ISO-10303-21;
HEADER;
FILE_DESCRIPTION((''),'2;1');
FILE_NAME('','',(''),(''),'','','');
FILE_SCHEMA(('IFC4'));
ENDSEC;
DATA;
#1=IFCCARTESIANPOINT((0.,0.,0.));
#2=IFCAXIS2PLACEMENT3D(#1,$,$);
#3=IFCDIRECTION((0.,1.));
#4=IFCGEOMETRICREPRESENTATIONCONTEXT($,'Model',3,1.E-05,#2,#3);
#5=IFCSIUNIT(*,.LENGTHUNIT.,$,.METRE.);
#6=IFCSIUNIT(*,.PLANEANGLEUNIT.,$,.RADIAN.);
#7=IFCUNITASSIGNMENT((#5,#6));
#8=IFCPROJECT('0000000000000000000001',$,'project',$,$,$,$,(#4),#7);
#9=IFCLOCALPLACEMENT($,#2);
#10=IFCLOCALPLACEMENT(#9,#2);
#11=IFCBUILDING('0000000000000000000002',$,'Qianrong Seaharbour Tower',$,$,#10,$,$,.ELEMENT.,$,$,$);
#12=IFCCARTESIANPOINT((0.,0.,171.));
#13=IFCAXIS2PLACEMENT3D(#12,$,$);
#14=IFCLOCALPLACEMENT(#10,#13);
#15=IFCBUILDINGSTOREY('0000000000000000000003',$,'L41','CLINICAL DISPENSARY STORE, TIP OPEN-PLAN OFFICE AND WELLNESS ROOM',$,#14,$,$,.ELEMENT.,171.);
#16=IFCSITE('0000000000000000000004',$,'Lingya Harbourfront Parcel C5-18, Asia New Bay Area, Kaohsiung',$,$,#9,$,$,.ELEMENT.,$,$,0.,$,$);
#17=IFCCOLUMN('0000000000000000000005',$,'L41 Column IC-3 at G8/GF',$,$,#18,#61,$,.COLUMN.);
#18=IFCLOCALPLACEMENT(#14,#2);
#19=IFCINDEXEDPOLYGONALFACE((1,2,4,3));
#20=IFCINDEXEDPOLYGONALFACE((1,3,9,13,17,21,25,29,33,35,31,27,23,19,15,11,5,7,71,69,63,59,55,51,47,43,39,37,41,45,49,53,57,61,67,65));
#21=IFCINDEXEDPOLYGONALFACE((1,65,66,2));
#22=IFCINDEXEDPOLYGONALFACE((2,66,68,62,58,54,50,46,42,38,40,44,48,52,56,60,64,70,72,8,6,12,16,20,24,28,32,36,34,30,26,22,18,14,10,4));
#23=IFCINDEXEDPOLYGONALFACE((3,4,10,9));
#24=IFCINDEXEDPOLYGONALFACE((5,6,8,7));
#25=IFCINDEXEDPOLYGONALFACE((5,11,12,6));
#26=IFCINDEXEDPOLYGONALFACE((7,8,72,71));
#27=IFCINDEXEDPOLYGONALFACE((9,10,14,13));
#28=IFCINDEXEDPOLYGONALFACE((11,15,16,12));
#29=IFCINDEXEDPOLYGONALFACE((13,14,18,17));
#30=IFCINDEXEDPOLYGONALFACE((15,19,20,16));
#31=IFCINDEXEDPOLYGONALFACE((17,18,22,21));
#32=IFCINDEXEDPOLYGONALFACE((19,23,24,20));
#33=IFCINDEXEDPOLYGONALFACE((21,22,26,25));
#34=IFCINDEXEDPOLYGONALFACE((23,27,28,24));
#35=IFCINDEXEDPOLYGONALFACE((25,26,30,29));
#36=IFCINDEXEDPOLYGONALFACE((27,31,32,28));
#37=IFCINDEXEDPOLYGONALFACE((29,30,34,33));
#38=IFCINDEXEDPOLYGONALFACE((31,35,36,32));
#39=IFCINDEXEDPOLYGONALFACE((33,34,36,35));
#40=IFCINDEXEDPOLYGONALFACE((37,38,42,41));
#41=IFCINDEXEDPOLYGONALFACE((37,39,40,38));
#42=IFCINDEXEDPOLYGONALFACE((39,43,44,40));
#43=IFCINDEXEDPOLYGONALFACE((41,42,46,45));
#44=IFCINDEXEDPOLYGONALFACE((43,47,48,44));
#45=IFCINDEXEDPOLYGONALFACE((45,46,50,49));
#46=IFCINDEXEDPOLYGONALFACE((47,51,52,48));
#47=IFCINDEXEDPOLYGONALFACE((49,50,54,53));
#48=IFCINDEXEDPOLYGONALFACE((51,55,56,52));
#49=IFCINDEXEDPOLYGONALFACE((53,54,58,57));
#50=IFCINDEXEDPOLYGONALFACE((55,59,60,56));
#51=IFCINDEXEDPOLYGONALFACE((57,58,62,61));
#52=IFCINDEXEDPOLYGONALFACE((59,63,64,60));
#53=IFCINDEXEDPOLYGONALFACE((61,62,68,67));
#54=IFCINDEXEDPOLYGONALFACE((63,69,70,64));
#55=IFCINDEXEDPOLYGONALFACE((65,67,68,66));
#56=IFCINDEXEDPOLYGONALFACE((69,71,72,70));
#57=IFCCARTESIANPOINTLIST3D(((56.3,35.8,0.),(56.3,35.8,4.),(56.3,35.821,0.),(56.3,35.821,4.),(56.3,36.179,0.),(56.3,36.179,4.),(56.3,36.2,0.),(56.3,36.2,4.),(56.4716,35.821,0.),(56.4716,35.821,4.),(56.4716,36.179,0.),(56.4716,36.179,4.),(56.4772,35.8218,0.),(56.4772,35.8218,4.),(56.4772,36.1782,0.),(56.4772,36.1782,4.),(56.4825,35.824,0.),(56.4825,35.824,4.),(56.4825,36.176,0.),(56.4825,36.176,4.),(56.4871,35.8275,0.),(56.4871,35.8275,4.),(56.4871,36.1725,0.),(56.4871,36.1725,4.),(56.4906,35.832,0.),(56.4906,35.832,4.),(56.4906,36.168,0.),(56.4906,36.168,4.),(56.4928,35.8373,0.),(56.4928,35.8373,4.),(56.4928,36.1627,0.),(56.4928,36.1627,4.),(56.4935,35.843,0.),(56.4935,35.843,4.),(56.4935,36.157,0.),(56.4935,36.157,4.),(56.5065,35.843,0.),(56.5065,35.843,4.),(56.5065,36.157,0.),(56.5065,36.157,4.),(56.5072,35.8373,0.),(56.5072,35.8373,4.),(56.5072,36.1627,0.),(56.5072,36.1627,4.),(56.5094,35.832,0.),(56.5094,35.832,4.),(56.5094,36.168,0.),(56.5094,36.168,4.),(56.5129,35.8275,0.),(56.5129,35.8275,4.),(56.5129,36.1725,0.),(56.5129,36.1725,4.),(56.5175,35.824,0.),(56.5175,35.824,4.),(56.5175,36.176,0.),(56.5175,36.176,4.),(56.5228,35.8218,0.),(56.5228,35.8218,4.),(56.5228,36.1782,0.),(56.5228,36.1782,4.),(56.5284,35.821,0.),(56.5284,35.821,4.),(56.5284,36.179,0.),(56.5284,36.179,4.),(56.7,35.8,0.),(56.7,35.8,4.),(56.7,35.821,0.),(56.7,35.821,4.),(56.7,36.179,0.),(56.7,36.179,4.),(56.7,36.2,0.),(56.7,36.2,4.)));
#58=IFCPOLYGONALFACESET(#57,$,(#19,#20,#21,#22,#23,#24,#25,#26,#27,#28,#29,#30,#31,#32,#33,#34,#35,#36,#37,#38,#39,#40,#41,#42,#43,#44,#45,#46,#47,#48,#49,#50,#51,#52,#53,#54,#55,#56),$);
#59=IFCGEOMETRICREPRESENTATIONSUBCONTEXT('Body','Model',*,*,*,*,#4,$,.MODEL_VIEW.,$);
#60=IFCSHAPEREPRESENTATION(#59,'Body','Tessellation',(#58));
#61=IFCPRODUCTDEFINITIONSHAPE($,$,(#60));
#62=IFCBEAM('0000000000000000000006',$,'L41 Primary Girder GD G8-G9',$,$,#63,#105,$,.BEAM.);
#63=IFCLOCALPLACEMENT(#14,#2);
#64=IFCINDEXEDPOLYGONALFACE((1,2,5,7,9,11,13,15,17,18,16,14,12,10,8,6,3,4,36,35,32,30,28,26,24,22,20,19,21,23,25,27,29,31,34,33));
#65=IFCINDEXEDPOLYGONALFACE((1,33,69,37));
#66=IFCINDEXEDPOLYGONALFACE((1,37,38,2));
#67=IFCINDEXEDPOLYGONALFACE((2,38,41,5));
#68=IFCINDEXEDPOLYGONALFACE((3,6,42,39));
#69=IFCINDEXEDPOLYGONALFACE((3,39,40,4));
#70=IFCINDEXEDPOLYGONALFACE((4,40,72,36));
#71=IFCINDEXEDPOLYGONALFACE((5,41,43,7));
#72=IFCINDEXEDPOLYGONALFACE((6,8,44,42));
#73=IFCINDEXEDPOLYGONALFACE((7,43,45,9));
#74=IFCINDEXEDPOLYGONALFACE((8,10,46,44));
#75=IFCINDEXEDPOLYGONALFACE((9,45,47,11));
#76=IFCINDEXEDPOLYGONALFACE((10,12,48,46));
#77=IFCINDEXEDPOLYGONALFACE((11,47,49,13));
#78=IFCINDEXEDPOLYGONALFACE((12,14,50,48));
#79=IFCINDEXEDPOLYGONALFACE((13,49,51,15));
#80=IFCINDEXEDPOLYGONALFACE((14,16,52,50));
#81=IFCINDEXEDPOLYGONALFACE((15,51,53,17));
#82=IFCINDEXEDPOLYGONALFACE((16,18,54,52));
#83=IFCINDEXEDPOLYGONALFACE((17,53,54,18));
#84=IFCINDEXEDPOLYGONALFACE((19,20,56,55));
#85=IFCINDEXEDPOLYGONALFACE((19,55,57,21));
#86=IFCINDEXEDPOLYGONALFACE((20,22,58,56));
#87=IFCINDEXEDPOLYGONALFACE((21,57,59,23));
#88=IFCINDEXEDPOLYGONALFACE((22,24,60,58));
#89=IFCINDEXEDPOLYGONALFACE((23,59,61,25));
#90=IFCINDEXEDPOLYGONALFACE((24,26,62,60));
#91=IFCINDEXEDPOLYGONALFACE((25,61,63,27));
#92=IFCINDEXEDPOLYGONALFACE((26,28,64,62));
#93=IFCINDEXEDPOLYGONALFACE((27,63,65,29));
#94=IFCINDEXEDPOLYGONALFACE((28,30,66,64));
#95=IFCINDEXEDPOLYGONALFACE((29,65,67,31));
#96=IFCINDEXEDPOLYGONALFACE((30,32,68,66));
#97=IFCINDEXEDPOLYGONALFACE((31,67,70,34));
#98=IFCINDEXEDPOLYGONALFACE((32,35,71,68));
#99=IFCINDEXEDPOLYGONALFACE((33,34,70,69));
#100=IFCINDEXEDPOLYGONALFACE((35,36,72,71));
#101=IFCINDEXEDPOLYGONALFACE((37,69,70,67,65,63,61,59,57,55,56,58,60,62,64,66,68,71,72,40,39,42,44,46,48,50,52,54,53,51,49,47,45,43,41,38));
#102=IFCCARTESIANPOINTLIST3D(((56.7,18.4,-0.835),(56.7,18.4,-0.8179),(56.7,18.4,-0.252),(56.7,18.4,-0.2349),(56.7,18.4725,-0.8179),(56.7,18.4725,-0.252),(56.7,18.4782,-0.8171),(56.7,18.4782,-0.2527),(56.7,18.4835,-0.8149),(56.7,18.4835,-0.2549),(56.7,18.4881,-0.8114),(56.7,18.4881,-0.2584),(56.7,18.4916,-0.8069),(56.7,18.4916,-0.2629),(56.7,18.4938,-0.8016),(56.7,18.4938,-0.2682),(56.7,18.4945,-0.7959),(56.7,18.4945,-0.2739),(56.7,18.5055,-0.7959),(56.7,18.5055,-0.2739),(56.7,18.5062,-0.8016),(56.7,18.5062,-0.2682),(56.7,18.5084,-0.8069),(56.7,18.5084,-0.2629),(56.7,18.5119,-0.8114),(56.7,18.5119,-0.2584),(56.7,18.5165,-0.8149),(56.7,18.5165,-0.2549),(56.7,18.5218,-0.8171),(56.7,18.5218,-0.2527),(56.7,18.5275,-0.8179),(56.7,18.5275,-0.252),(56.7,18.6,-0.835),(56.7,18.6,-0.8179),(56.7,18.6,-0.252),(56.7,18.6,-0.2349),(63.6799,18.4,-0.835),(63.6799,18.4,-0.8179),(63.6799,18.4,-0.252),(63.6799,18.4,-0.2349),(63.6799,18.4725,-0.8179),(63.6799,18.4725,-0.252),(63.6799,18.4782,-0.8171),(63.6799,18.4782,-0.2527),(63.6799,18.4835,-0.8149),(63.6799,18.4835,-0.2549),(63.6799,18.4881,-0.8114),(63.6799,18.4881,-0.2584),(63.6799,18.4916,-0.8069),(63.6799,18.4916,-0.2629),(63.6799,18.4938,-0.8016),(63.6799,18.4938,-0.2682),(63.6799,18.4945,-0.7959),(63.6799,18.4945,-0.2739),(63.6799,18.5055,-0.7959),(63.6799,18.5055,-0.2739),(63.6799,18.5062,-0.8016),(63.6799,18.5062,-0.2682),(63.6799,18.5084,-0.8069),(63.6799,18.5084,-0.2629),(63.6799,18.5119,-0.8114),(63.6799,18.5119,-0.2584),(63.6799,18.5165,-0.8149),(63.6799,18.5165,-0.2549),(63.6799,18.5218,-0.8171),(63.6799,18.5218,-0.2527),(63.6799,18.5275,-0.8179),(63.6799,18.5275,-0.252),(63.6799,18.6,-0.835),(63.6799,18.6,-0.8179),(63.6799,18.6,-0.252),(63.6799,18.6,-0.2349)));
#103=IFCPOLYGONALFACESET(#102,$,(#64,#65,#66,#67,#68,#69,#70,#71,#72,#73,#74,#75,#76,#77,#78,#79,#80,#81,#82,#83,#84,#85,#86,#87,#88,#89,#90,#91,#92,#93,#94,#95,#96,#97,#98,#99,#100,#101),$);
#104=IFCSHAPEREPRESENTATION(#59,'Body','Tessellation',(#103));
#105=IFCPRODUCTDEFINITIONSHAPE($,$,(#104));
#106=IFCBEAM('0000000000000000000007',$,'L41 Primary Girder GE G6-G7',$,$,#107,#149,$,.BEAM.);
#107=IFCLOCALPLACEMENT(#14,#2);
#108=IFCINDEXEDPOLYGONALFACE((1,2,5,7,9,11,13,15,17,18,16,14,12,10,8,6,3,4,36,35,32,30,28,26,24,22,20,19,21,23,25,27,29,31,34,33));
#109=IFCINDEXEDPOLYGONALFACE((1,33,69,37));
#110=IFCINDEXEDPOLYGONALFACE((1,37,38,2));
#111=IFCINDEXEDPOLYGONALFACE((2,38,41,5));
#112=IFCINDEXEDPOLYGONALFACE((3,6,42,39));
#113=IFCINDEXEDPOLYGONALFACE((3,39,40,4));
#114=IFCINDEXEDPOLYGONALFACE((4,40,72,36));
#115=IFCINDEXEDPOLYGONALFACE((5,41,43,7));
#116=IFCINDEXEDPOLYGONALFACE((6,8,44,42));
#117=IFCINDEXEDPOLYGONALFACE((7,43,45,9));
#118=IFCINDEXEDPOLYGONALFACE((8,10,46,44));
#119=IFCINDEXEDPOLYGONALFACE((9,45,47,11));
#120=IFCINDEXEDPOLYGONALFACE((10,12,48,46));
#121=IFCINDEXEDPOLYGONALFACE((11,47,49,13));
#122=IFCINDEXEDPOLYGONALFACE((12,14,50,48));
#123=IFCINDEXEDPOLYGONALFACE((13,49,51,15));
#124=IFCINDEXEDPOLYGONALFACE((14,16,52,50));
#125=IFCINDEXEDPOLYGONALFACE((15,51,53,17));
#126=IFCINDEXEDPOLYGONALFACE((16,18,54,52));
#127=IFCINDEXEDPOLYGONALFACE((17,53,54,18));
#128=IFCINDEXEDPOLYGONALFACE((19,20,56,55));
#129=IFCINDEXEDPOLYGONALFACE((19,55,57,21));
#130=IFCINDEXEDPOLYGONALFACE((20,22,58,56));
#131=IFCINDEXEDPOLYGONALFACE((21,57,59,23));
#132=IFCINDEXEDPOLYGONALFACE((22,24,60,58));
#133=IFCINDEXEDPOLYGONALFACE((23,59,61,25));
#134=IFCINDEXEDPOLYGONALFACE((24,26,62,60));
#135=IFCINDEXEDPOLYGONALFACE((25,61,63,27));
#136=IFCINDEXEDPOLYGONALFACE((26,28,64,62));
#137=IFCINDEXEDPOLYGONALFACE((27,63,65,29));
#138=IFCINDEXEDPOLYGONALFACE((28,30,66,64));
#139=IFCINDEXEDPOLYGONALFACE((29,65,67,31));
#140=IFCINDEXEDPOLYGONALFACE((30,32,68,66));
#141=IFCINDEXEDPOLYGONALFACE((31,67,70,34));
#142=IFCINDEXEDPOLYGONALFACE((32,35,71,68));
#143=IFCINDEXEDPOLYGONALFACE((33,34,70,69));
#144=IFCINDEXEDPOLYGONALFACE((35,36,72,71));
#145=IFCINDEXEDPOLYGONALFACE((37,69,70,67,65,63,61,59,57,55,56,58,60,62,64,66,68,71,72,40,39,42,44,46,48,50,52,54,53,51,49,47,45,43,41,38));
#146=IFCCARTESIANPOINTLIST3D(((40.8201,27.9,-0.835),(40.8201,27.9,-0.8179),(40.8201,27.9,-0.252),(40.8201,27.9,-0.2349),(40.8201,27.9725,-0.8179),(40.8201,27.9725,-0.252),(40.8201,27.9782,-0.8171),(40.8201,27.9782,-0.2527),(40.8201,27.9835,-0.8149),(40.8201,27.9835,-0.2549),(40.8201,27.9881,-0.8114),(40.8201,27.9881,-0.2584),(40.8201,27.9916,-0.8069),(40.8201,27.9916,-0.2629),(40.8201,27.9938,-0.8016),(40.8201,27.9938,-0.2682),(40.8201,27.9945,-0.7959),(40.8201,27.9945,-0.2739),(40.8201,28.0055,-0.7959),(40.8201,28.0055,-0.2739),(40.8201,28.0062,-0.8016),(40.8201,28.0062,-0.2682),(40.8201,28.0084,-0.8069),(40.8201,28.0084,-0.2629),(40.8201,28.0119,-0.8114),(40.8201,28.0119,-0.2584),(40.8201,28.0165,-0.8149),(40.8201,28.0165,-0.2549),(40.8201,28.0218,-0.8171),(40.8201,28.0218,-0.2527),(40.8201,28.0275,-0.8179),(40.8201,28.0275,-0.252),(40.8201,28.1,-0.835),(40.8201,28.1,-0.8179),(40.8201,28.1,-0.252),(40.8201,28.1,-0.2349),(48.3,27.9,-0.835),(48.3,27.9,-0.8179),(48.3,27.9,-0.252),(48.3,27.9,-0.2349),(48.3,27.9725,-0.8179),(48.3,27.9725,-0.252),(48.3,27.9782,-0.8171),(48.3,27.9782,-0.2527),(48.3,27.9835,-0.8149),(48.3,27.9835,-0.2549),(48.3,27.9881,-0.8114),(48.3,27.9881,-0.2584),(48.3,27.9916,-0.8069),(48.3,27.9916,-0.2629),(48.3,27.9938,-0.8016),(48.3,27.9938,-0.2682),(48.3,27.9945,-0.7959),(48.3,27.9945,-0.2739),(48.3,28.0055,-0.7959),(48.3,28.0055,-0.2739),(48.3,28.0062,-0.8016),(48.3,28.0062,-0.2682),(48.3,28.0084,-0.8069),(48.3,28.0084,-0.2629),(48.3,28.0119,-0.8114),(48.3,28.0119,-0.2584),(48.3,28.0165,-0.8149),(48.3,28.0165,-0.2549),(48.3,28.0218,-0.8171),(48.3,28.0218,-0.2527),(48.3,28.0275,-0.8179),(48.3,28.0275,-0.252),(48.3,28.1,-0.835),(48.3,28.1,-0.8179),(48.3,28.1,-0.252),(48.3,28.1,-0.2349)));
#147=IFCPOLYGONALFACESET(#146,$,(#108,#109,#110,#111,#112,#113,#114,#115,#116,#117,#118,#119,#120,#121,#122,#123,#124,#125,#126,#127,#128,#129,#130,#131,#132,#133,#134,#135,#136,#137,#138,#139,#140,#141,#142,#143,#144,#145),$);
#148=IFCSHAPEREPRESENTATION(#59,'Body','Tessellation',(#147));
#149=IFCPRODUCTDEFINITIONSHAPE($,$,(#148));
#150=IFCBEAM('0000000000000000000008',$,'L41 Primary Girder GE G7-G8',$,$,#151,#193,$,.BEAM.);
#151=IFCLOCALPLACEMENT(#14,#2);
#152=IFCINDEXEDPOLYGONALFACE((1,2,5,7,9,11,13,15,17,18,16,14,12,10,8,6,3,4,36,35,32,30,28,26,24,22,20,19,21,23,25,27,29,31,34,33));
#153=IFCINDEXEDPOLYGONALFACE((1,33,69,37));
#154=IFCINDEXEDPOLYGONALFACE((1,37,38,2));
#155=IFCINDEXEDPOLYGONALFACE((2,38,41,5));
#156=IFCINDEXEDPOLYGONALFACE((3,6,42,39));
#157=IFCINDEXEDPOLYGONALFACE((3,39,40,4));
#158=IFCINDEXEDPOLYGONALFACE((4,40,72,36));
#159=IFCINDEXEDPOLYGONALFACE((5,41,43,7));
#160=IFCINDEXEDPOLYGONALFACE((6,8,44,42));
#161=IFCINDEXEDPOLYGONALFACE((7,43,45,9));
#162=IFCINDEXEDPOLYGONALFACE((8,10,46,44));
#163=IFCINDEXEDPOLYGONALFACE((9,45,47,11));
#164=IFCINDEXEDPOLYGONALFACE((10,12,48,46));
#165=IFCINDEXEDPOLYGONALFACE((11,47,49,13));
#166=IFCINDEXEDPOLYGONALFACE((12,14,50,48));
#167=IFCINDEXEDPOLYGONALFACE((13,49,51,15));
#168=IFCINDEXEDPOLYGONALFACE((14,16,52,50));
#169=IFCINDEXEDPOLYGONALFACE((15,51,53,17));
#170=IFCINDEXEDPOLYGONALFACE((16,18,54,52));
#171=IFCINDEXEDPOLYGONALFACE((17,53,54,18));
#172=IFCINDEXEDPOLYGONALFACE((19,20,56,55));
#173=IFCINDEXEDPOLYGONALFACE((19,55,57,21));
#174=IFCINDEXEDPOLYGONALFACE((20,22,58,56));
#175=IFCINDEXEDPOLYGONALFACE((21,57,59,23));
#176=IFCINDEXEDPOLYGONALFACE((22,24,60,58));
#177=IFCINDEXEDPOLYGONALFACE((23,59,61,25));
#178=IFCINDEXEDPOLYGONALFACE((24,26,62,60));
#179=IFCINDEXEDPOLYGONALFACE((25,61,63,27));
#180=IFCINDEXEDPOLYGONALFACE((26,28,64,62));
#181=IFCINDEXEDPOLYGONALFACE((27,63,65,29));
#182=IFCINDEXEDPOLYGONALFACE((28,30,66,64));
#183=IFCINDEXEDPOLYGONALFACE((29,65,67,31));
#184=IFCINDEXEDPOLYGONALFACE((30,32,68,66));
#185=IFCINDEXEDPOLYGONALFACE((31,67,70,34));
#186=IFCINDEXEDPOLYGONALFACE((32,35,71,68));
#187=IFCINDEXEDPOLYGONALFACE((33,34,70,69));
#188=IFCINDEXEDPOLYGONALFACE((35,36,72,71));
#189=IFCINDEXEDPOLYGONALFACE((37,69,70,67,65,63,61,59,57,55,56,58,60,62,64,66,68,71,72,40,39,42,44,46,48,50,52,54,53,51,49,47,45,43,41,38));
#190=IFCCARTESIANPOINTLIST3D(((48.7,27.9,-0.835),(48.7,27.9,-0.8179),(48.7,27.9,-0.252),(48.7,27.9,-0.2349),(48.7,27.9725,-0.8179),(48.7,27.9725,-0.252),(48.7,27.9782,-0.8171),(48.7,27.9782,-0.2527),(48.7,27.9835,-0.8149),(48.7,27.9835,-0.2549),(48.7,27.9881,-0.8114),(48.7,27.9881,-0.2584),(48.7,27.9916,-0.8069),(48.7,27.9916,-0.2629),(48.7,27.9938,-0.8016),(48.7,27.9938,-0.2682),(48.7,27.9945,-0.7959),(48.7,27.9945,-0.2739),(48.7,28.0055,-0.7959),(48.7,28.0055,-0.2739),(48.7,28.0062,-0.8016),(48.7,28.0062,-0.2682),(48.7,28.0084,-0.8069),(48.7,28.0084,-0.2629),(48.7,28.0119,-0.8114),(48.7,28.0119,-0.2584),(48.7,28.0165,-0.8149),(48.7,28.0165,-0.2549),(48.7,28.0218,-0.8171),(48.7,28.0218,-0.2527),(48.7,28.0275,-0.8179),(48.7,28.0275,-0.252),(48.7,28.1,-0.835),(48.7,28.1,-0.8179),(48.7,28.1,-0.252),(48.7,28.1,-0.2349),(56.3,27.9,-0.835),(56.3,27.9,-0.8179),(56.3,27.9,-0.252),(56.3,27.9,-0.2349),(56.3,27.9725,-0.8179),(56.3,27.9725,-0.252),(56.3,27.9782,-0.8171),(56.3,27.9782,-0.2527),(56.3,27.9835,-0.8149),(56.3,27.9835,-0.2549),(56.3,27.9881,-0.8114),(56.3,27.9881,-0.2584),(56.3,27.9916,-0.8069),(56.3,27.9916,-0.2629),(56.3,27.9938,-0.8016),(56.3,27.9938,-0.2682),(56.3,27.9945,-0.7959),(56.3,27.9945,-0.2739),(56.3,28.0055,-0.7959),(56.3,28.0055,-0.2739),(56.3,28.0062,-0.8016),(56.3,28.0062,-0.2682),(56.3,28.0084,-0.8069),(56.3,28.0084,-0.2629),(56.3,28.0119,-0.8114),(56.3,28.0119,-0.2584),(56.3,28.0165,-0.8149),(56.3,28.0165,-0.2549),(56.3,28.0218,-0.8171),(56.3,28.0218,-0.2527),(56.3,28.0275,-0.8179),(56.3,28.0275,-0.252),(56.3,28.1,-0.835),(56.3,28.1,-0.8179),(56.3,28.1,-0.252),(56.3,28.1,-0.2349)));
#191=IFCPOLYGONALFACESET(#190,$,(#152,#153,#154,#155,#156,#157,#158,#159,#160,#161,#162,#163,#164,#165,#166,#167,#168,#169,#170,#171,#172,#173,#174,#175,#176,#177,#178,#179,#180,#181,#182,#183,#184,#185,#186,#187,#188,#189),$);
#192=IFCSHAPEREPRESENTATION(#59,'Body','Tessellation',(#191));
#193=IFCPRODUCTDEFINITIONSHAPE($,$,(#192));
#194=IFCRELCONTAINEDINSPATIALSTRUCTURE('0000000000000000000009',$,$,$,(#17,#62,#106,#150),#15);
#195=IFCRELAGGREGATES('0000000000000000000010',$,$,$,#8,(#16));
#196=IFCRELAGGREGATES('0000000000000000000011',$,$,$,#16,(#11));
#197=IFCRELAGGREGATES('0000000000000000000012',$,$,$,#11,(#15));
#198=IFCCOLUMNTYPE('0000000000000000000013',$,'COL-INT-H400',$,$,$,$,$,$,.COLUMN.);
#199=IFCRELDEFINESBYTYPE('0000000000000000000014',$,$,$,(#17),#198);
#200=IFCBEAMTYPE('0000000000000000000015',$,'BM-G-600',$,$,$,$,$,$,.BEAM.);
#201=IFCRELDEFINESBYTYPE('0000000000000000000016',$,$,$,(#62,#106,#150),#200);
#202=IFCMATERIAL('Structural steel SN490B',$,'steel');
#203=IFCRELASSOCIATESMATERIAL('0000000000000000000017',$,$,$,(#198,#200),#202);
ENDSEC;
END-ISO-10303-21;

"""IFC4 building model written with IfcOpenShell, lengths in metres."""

from ifc_helpers import new_model, si_unit, direction, frame, origin, origin_2d, place, context, subcontext, project, spatial, i_section, extrude, material, material_profile, profile_set, type_object, element, save


model = new_model("IFC4")

# Units and contexts
model_context = context("Model", 3, precision=1e-05, world=origin(), true_north=direction((0.0, 1.0)))
body_context = subcontext(model_context, "Body", "Model", "MODEL_VIEW")
ifc_project = project(units=[si_unit("LENGTHUNIT", "METRE"), si_unit("PLANEANGLEUNIT", "RADIAN")], contexts=[model_context])

# Site, building, storey
site_placement = place(None, origin())
site = spatial("IfcSite", under=ifc_project, at=site_placement, Name="Lingya Harbourfront Parcel C5-18, Asia New Bay Area, Kaohsiung", CompositionType="ELEMENT", RefElevation=0.0)
building_placement = place(site_placement, origin())
building = spatial("IfcBuilding", under=site, at=building_placement, Name="Qianrong Seaharbour Tower", CompositionType="ELEMENT")
storey_placement = place(building_placement, frame((0.0, 0.0, 171.0)))
storey = spatial("IfcBuildingStorey", under=building, at=storey_placement, Name="L41", Description="CLINICAL DISPENSARY STORE, TIP OPEN-PLAN OFFICE AND WELLNESS ROOM", CompositionType="ELEMENT", Elevation=171.0)

# Column
ifc_material_1 = material(Name="Structural steel SN490B", Category="steel")
ifc_material_profile_1 = material_profile(ifc_material_1, i_section(OverallWidth=0.3999, OverallDepth=0.3999, WebThickness=0.0129, FlangeThickness=0.021, FilletRadius=0.022, at=origin_2d()), Name="H400x400x13x21")
ifc_profile_set_1 = profile_set([ifc_material_profile_1], Name="Structural steel SN490B")
column_type_1 = type_object("IfcColumnType", Name="COL-INT-H400", PredefinedType="COLUMN", material=ifc_profile_set_1)
for number, where, z_axis, x_axis, name in (
    (1, (56.5, 36.0, 0.0), (0.0, 0.0, 1.0), (1.0, 0.0, 0.0), "L41 Column IC-3 at G8/GF"),
):
    element("IfcColumn", number, at=place(storey_placement, frame(where, z_axis=z_axis, x_axis=x_axis)), inside=storey, type_object=column_type_1, Name=name, PredefinedType="COLUMN", context=body_context, shape_type="SweptSolid", body=[
        extrude(i_section(OverallWidth=0.3999, OverallDepth=0.3999, WebThickness=0.0129, FlangeThickness=0.021, FilletRadius=0.022, at=origin_2d()), origin(), (0.0, 0.0, 1.0), 4.0),
    ])

# Beams
ifc_material_profile_2 = material_profile(ifc_material_1, i_section(OverallWidth=0.2, OverallDepth=0.6001, WebThickness=0.011, FlangeThickness=0.0171, FilletRadius=0.022, at=origin_2d()), Name="H600x200x11x17")
ifc_profile_set_2 = profile_set([ifc_material_profile_2], Name="Structural steel SN490B")
beam_type_1 = type_object("IfcBeamType", Name="BM-G-600", PredefinedType="BEAM", material=ifc_profile_set_2)
beam_1_placement = place(storey_placement, frame((56.7, 18.5, -0.5349), z_axis=(1.0, 0.0, 0.0), x_axis=(0.0, 1.0, 0.0)))
element("IfcBeam", 2, at=beam_1_placement, inside=storey, type_object=beam_type_1, Name="L41 Primary Girder GD G8-G9", PredefinedType="BEAM", context=body_context, shape_type="SweptSolid", body=[
    extrude(i_section(OverallWidth=0.2, OverallDepth=0.6001, WebThickness=0.011, FlangeThickness=0.0171, FilletRadius=0.022, at=origin_2d()), origin(), (0.0, 0.0, 1.0), 6.98),
])
beam_2_placement = place(storey_placement, frame((40.8201, 28.0, -0.5349), z_axis=(1.0, 0.0, 0.0), x_axis=(0.0, 1.0, 0.0)))
element("IfcBeam", 3, at=beam_2_placement, inside=storey, type_object=beam_type_1, Name="L41 Primary Girder GE G6-G7", PredefinedType="BEAM", context=body_context, shape_type="SweptSolid", body=[
    extrude(i_section(OverallWidth=0.2, OverallDepth=0.6001, WebThickness=0.011, FlangeThickness=0.0171, FilletRadius=0.022, at=origin_2d()), origin(), (0.0, 0.0, 1.0), 7.48),
])
beam_3_placement = place(storey_placement, frame((48.7, 28.0, -0.5349), z_axis=(1.0, 0.0, 0.0), x_axis=(0.0, 1.0, 0.0)))
element("IfcBeam", 4, at=beam_3_placement, inside=storey, type_object=beam_type_1, Name="L41 Primary Girder GE G7-G8", PredefinedType="BEAM", context=body_context, shape_type="SweptSolid", body=[
    extrude(i_section(OverallWidth=0.2, OverallDepth=0.6001, WebThickness=0.011, FlangeThickness=0.0171, FilletRadius=0.022, at=origin_2d()), origin(), (0.0, 0.0, 1.0), 7.6001),
])

save(model, "model.ifc")
